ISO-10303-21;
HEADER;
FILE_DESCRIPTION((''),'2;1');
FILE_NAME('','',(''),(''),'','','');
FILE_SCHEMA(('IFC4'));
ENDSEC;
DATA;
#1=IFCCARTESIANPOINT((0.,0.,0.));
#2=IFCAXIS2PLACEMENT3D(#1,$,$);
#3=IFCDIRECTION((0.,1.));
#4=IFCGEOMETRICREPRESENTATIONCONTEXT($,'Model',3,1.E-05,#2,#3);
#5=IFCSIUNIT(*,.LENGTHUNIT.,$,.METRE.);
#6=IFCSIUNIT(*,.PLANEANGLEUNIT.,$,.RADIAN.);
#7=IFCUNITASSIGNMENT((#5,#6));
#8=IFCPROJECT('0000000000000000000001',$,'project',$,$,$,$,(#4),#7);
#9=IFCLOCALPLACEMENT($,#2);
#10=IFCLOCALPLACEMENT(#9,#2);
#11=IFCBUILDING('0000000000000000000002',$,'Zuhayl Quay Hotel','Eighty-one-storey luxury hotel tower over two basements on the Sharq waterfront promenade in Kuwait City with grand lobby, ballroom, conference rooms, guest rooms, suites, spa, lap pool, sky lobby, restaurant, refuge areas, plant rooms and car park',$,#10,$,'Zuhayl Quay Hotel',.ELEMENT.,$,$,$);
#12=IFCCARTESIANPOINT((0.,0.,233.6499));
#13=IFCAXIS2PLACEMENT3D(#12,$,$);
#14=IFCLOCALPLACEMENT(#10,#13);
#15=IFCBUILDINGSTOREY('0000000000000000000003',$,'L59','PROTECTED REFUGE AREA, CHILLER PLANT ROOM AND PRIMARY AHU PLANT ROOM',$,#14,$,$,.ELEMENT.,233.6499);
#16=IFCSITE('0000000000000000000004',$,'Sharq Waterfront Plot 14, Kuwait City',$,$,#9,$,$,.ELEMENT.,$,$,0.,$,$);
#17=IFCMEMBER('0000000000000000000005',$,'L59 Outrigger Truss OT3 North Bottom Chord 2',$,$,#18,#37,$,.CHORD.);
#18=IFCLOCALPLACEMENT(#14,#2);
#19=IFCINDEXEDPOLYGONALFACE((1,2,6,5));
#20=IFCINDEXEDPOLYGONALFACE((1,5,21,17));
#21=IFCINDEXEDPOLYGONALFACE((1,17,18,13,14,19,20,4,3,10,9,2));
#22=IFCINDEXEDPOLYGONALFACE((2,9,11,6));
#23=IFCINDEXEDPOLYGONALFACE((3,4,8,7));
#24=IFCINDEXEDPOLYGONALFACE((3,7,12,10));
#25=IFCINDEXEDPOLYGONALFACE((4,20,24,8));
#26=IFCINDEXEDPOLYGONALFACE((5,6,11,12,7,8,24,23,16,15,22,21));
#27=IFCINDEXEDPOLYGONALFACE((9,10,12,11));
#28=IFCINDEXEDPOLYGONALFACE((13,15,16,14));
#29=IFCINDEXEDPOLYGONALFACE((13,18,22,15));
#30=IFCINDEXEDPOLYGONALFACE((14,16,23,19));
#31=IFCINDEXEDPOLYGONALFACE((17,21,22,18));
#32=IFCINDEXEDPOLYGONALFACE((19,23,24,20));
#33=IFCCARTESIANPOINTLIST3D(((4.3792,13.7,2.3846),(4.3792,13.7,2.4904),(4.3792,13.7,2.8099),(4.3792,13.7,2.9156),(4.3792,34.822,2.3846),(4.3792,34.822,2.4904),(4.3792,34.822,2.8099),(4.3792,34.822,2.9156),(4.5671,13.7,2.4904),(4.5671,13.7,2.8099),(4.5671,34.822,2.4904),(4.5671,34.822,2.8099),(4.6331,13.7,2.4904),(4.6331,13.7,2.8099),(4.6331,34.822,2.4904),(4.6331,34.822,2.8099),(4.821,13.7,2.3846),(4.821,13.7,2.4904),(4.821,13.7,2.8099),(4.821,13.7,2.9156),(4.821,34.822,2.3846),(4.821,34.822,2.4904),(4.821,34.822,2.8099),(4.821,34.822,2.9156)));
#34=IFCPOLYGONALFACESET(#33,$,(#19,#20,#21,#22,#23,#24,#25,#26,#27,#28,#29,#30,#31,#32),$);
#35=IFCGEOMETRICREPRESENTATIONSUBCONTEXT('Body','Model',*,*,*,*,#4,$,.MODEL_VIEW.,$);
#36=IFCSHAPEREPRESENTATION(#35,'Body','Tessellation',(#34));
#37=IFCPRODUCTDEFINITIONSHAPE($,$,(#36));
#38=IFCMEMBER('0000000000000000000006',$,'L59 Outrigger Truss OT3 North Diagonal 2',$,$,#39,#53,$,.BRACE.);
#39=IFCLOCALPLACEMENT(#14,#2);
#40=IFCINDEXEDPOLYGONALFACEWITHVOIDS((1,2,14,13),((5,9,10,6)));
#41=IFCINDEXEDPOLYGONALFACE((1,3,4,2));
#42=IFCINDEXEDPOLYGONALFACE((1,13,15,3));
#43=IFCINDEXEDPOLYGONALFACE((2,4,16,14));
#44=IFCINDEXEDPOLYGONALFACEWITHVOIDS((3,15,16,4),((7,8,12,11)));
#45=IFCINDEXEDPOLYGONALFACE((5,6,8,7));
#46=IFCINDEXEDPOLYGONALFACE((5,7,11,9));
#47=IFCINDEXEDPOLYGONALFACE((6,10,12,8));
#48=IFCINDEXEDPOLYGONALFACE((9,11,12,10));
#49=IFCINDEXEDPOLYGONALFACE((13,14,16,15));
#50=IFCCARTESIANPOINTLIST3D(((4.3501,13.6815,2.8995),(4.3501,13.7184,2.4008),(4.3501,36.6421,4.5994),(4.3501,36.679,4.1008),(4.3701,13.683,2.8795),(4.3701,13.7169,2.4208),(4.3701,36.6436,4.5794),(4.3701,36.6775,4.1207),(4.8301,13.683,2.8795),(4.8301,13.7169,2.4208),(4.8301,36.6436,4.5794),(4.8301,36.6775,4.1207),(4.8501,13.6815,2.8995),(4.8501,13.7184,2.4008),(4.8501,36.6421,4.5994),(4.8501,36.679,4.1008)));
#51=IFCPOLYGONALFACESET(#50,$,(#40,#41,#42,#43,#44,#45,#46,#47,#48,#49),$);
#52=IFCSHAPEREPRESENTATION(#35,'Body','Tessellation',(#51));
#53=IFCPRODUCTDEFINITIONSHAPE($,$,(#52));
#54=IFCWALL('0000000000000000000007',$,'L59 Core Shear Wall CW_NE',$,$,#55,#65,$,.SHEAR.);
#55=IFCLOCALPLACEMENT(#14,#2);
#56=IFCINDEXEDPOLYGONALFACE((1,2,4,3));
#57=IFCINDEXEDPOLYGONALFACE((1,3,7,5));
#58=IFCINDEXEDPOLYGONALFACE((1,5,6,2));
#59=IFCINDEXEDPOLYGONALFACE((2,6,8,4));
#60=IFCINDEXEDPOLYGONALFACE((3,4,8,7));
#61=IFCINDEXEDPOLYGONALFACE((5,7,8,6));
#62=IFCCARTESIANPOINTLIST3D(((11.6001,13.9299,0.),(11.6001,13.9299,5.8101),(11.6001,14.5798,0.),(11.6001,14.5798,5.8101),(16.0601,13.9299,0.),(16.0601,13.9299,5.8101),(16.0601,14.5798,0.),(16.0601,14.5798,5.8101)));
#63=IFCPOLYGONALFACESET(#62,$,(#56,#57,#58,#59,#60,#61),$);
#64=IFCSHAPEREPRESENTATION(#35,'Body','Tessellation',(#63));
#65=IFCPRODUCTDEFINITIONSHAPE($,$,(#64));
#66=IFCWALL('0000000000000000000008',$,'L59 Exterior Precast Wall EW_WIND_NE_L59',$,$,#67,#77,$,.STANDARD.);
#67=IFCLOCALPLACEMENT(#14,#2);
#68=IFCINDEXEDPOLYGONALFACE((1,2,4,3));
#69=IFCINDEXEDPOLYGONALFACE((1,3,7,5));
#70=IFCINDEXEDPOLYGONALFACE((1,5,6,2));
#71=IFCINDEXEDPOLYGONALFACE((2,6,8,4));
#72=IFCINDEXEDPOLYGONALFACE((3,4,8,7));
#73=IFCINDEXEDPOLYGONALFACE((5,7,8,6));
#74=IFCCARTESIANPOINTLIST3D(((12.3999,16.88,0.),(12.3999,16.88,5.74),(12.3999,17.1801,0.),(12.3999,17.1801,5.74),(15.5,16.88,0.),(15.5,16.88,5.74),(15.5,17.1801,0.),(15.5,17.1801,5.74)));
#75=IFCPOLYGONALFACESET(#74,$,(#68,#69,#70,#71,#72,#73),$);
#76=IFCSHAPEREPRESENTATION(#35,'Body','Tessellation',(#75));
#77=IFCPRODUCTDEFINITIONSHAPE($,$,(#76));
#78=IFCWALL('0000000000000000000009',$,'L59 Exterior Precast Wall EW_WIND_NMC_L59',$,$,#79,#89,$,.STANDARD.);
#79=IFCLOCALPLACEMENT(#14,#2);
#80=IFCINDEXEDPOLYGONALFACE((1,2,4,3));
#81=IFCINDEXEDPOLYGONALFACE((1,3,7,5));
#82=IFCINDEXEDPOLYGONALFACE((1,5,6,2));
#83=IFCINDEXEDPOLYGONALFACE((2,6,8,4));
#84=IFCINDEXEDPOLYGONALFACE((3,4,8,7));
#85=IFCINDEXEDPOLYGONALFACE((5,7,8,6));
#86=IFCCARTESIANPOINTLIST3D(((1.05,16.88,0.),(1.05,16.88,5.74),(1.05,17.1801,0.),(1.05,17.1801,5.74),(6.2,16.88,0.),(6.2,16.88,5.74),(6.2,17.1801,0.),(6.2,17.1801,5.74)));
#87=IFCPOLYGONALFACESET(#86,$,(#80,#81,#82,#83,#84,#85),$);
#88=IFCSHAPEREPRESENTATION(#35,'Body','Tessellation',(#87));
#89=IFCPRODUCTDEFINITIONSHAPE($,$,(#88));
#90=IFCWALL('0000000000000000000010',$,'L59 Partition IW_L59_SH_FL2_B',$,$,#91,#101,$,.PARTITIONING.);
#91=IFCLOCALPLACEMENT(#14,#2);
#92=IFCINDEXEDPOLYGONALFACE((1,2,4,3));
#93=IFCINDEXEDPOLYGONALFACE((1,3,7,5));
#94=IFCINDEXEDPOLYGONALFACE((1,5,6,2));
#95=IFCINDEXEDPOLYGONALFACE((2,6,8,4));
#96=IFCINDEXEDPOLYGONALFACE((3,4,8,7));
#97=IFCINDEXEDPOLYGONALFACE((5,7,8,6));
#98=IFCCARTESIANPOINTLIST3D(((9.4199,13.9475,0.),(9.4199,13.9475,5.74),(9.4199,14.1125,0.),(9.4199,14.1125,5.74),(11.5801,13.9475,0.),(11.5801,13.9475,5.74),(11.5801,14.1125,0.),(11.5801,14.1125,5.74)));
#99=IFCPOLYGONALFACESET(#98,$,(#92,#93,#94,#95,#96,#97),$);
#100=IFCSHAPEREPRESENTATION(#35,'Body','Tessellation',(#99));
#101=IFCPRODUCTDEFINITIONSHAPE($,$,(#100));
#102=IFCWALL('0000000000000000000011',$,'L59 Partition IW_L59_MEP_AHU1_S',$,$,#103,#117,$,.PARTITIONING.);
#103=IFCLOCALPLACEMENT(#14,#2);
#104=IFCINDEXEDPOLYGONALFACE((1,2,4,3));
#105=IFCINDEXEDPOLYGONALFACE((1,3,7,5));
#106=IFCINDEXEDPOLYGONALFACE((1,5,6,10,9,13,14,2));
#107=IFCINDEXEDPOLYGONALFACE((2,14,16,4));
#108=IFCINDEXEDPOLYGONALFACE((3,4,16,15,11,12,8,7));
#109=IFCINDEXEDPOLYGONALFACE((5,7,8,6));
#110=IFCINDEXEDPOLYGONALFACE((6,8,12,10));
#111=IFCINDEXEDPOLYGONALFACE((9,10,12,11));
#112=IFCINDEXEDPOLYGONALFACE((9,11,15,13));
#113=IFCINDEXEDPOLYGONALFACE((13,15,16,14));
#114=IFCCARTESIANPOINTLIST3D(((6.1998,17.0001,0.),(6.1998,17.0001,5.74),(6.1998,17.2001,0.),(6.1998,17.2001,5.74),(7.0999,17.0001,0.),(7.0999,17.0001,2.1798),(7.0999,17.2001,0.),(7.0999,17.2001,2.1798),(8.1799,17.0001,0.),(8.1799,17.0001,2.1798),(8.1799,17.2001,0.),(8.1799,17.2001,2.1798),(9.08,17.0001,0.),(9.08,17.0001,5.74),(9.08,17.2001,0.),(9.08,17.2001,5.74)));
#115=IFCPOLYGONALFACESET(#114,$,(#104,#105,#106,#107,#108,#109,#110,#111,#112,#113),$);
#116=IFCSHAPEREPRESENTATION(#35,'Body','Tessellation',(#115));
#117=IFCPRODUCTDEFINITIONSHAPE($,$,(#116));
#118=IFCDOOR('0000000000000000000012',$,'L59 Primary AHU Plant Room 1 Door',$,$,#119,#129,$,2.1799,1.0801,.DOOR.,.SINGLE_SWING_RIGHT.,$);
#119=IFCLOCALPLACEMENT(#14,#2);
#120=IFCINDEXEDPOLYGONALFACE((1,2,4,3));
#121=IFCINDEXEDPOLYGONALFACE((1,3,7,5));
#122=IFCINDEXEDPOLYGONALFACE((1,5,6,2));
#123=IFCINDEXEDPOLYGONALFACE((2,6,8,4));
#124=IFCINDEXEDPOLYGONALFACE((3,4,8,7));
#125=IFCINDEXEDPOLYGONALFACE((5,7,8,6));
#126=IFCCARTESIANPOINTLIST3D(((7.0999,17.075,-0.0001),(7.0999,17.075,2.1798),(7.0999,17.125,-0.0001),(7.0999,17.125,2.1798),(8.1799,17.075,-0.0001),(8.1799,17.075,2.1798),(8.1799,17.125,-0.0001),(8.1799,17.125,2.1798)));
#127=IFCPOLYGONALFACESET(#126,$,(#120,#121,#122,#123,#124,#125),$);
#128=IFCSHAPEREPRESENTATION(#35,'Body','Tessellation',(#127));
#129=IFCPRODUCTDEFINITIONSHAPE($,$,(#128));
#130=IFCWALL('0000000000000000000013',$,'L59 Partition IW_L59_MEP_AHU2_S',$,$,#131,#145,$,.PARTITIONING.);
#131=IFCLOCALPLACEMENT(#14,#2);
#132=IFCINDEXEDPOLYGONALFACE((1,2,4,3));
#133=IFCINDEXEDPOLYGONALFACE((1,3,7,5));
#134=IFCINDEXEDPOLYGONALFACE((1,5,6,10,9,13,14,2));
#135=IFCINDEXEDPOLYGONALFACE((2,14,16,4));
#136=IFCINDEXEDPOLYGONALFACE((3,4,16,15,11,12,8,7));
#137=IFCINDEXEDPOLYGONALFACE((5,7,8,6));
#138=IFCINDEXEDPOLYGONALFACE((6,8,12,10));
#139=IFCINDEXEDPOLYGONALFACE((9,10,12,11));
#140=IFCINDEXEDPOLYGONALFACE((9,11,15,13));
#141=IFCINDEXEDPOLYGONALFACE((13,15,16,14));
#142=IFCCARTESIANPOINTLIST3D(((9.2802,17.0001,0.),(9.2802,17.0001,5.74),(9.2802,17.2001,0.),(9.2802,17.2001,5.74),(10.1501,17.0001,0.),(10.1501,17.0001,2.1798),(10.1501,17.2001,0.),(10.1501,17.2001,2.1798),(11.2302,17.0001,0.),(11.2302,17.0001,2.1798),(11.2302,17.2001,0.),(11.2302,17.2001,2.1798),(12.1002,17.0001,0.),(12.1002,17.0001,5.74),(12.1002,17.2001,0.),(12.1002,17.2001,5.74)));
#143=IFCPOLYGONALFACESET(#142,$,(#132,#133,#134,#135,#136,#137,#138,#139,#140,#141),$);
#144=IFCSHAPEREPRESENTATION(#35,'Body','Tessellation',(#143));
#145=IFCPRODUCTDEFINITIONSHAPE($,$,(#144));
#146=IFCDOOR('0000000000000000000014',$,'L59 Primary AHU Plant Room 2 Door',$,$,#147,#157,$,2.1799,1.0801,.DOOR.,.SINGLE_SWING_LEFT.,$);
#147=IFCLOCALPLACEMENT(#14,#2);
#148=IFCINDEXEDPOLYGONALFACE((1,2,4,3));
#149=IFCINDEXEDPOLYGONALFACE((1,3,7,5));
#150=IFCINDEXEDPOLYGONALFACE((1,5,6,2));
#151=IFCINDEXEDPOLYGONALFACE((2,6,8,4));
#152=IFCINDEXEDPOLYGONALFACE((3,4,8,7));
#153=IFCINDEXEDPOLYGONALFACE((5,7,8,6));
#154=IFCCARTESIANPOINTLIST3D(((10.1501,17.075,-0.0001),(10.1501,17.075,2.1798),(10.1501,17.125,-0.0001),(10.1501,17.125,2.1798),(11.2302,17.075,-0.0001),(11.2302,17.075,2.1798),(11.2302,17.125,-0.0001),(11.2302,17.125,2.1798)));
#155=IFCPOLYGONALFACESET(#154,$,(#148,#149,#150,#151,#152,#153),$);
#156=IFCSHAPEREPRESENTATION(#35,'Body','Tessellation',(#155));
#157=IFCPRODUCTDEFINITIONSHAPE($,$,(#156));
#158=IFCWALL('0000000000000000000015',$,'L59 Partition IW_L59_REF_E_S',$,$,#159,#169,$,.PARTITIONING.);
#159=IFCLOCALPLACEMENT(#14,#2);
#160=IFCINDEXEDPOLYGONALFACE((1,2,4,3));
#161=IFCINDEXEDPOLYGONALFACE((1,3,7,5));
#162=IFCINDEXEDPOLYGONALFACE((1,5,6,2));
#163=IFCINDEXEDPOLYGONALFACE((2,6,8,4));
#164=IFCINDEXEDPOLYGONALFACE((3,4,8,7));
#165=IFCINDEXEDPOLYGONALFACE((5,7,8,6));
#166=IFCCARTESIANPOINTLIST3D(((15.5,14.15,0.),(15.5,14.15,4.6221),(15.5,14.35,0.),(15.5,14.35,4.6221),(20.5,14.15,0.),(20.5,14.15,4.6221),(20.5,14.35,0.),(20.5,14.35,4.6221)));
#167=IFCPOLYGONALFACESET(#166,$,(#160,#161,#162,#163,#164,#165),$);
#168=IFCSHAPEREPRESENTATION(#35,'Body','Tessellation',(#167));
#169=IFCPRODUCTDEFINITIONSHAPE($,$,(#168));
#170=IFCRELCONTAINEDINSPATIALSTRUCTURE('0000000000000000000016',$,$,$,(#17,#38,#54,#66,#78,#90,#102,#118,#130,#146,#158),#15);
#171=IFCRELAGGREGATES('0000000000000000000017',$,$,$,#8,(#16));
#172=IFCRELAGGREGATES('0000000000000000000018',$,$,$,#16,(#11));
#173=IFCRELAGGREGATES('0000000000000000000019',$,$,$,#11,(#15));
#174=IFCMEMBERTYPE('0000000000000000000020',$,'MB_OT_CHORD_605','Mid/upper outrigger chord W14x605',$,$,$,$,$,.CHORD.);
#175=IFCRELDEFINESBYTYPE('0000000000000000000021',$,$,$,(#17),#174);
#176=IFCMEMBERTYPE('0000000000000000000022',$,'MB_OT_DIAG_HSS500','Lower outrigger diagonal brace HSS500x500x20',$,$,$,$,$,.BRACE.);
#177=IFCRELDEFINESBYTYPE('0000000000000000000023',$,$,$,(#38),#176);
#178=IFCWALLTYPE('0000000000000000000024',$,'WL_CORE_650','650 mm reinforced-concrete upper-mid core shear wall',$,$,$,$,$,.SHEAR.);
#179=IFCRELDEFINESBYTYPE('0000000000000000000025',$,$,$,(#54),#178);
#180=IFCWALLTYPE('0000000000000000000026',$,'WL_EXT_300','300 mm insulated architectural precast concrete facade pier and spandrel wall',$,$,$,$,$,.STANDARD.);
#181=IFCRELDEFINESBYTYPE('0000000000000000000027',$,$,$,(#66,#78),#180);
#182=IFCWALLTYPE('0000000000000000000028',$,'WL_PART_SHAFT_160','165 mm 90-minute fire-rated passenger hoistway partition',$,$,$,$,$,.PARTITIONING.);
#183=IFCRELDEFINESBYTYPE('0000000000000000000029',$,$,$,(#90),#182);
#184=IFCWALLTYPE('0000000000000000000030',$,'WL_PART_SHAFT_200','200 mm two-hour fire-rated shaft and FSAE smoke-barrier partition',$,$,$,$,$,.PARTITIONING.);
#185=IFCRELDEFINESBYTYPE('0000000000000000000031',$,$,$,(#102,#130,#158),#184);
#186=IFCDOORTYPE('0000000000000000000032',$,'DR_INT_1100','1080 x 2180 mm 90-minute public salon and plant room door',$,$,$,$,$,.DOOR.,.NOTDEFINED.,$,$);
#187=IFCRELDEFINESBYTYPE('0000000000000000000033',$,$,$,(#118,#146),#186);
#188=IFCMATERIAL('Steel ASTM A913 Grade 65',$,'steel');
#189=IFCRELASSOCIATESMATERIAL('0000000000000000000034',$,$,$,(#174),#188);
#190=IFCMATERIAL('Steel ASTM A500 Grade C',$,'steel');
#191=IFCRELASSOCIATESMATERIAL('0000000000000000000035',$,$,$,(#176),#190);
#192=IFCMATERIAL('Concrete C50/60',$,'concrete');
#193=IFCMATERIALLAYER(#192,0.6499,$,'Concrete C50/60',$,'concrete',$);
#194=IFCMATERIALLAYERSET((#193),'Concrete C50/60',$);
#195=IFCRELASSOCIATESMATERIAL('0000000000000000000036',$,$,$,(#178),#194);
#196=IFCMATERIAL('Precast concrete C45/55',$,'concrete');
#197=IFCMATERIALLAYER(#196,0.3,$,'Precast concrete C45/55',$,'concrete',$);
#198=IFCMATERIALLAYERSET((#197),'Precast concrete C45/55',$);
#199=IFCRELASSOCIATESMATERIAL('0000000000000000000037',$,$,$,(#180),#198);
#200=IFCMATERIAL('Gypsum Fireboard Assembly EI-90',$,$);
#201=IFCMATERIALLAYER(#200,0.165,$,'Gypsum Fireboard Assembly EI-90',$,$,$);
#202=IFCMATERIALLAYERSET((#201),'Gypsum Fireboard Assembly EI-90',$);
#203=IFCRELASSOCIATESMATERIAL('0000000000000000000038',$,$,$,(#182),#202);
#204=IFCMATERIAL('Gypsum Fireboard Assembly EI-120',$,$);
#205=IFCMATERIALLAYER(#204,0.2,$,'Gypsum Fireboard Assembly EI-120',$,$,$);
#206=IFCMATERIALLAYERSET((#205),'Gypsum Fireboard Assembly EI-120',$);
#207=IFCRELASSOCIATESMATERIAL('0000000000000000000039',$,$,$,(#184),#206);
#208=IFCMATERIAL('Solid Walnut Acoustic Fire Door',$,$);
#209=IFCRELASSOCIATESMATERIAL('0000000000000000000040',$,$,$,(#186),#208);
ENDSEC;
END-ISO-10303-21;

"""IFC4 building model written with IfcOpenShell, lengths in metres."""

from ifc_helpers import new_model, si_unit, direction, frame, frame_2d, origin, origin_2d, place, context, subcontext, project, spatial, rectangle, hollow_rectangle, i_section, extrude, material, layer, layer_set, material_profile, profile_set, type_object, element, fill, save


model = new_model("IFC4")

# Units and contexts
model_context = context("Model", 3, precision=1e-05, world=origin(), true_north=direction((0.0, 1.0)))
body_context = subcontext(model_context, "Body", "Model", "MODEL_VIEW")
ifc_project = project(units=[si_unit("LENGTHUNIT", "METRE"), si_unit("PLANEANGLEUNIT", "RADIAN")], contexts=[model_context])

# Site, building, storey
site_placement = place(None, origin())
site = spatial("IfcSite", under=ifc_project, at=site_placement, Name="Sharq Waterfront Plot 14, Kuwait City", CompositionType="ELEMENT", RefElevation=0.0)
building_placement = place(site_placement, origin())
building = spatial("IfcBuilding", under=site, at=building_placement, Name="Zuhayl Quay Hotel", Description="Eighty-one-storey luxury hotel tower over two basements on the Sharq waterfront promenade in Kuwait City with grand lobby, ballroom, conference rooms, guest rooms, suites, spa, lap pool, sky lobby, restaurant, refuge areas, plant rooms and car park", LongName="Zuhayl Quay Hotel", CompositionType="ELEMENT")
storey_placement = place(building_placement, frame((0.0, 0.0, 233.6499)))
storey = spatial("IfcBuildingStorey", under=building, at=storey_placement, Name="L59", Description="PROTECTED REFUGE AREA, CHILLER PLANT ROOM AND PRIMARY AHU PLANT ROOM", CompositionType="ELEMENT", Elevation=233.6499)

# Shared definitions
ifc_material_1 = material(Name="Steel ASTM A913 Grade 65", Category="steel")

# Members
ifc_material_profile_1 = material_profile(ifc_material_1, i_section(OverallWidth=0.4419, OverallDepth=0.531, WebThickness=0.0659, FlangeThickness=0.1057, at=origin_2d()), Name="W14X605")
ifc_profile_set_1 = profile_set([ifc_material_profile_1], Name="Steel ASTM A913 Grade 65")
member_type_1 = type_object("IfcMemberType", Name="MB_OT_CHORD_605", Description="Mid/upper outrigger chord W14x605", PredefinedType="CHORD", material=ifc_profile_set_1)
member_1_placement = place(storey_placement, frame((4.6001, 13.7, 2.6501), z_axis=(0.0, 1.0, 0.0), x_axis=(-1.0, 0.0, 0.0)))
element("IfcMember", 1, at=member_1_placement, inside=storey, type_object=member_type_1, Name="L59 Outrigger Truss OT3 North Bottom Chord 2", PredefinedType="CHORD", context=body_context, shape_type="SweptSolid", body=[
    extrude(i_section(OverallWidth=0.4419, OverallDepth=0.531, WebThickness=0.0659, FlangeThickness=0.1057, at=origin_2d()), origin(), (0.0, 0.0, 1.0), 21.1221),
])
ifc_material_2 = material(Name="Steel ASTM A500 Grade C", Category="steel")
ifc_material_profile_2 = material_profile(ifc_material_2, hollow_rectangle(XDim=0.5, YDim=0.5, WallThickness=0.02, at=origin_2d()), Name="HSS500X500X20")
ifc_profile_set_2 = profile_set([ifc_material_profile_2], Name="Steel ASTM A500 Grade C")
member_type_2 = type_object("IfcMemberType", Name="MB_OT_DIAG_HSS500", Description="Lower outrigger diagonal brace HSS500x500x20", PredefinedType="BRACE", material=ifc_profile_set_2)
member_2_placement = place(storey_placement, frame((4.6001, 13.7, 2.6501), z_axis=(0.0, 0.99727, 0.073835), x_axis=(-1.0, 0.0, 0.0)))
element("IfcMember", 2, at=member_2_placement, inside=storey, type_object=member_type_2, Name="L59 Outrigger Truss OT3 North Diagonal 2", PredefinedType="BRACE", context=body_context, shape_type="SweptSolid", body=[
    extrude(hollow_rectangle(XDim=0.5, YDim=0.5, WallThickness=0.02, at=origin_2d()), origin(), (0.0, 0.0, 1.0), 23.0234),
])

# Walls
ifc_material_3 = material(Name="Concrete C50/60", Category="concrete")
ifc_layer_1 = layer(ifc_material_3, 0.6499, Name="Concrete C50/60", Category="concrete")
ifc_layer_set_1 = layer_set([ifc_layer_1], Name="Concrete C50/60")
wall_type_1 = type_object("IfcWallType", Name="WL_CORE_650", Description="650 mm reinforced-concrete upper-mid core shear wall", PredefinedType="SHEAR", material=ifc_layer_set_1)
wall_1_placement = place(storey_placement, frame((11.6001, 14.2549, 0.0), z_axis=(0.0, 0.0, 1.0), x_axis=(1.0, 0.0, 0.0)))
element("IfcWall", 3, at=wall_1_placement, inside=storey, type_object=wall_type_1, Name="L59 Core Shear Wall CW_NE", PredefinedType="SHEAR", context=body_context, shape_type="SweptSolid", body=[
    extrude(rectangle(XDim=4.46, YDim=0.6499, at=frame_2d((2.23, 0.0))), origin(), (0.0, 0.0, 1.0), 5.8101),
])
ifc_material_4 = material(Name="Precast concrete C45/55", Category="concrete")
ifc_layer_2 = layer(ifc_material_4, 0.3, Name="Precast concrete C45/55", Category="concrete")
ifc_layer_set_2 = layer_set([ifc_layer_2], Name="Precast concrete C45/55")
wall_type_2 = type_object("IfcWallType", Name="WL_EXT_300", Description="300 mm insulated architectural precast concrete facade pier and spandrel wall", PredefinedType="STANDARD", material=ifc_layer_set_2)
wall_2_placement = place(storey_placement, frame((12.3999, 17.03, 0.0), z_axis=(0.0, 0.0, 1.0), x_axis=(1.0, 0.0, 0.0)))
element("IfcWall", 4, at=wall_2_placement, inside=storey, type_object=wall_type_2, Name="L59 Exterior Precast Wall EW_WIND_NE_L59", PredefinedType="STANDARD", context=body_context, shape_type="SweptSolid", body=[
    extrude(rectangle(XDim=3.1001, YDim=0.3, at=frame_2d((1.55, 0.0))), origin(), (0.0, 0.0, 1.0), 5.74),
])
wall_3_placement = place(storey_placement, frame((1.05, 17.03, 0.0), z_axis=(0.0, 0.0, 1.0), x_axis=(1.0, 0.0, 0.0)))
element("IfcWall", 5, at=wall_3_placement, inside=storey, type_object=wall_type_2, Name="L59 Exterior Precast Wall EW_WIND_NMC_L59", PredefinedType="STANDARD", context=body_context, shape_type="SweptSolid", body=[
    extrude(rectangle(XDim=5.1499, YDim=0.3, at=frame_2d((2.575, 0.0))), origin(), (0.0, 0.0, 1.0), 5.74),
])
ifc_material_5 = material(Name="Gypsum Fireboard Assembly EI-90")
ifc_layer_3 = layer(ifc_material_5, 0.165, Name="Gypsum Fireboard Assembly EI-90")
ifc_layer_set_3 = layer_set([ifc_layer_3], Name="Gypsum Fireboard Assembly EI-90")
wall_type_3 = type_object("IfcWallType", Name="WL_PART_SHAFT_160", Description="165 mm 90-minute fire-rated passenger hoistway partition", PredefinedType="PARTITIONING", material=ifc_layer_set_3)
wall_4_placement = place(storey_placement, frame((9.4199, 14.03, 0.0), z_axis=(0.0, 0.0, 1.0), x_axis=(1.0, 0.0, 0.0)))
element("IfcWall", 6, at=wall_4_placement, inside=storey, type_object=wall_type_3, Name="L59 Partition IW_L59_SH_FL2_B", PredefinedType="PARTITIONING", context=body_context, shape_type="SweptSolid", body=[
    extrude(rectangle(XDim=2.1602, YDim=0.165, at=frame_2d((1.0801, 0.0))), origin(), (0.0, 0.0, 1.0), 5.74),
])

# Walls, openings, doors
ifc_material_6 = material(Name="Gypsum Fireboard Assembly EI-120")
ifc_layer_4 = layer(ifc_material_6, 0.2, Name="Gypsum Fireboard Assembly EI-120")
ifc_layer_set_4 = layer_set([ifc_layer_4], Name="Gypsum Fireboard Assembly EI-120")
wall_type_4 = type_object("IfcWallType", Name="WL_PART_SHAFT_200", Description="200 mm two-hour fire-rated shaft and FSAE smoke-barrier partition", PredefinedType="PARTITIONING", material=ifc_layer_set_4)
wall_5_placement = place(storey_placement, frame((6.2, 17.1001, 0.0), z_axis=(0.0, 0.0, 1.0), x_axis=(1.0, 0.0, 0.0)))
wall_5 = element("IfcWall", 7, at=wall_5_placement, inside=storey, type_object=wall_type_4, Name="L59 Partition IW_L59_MEP_AHU1_S", PredefinedType="PARTITIONING", context=body_context, shape_type="SweptSolid", body=[
    extrude(rectangle(XDim=2.8801, YDim=0.2, at=frame_2d((1.4399, 0.0))), origin(), (0.0, 0.0, 1.0), 5.74),
])
opening_1_placement = place(wall_5_placement, frame((0.8999, 0.0, 0.0)))
opening_1 = element("IfcOpeningElement", 8, at=opening_1_placement, cuts=wall_5, PredefinedType="OPENING", context=body_context, shape_type="SweptSolid", body=[
    extrude(rectangle(XDim=1.0801, YDim=2.1799, at=frame_2d((0.54, 1.0898))), frame((0.0, 0.1099, 0.0), z_axis=(0.0, -1.0, 0.0), x_axis=(1.0, 0.0, 0.0)), (0.0, 0.0, 1.0), 0.22),
])
ifc_material_7 = material(Name="Solid Walnut Acoustic Fire Door")
door_type_1 = type_object("IfcDoorType", Name="DR_INT_1100", Description="1080 x 2180 mm 90-minute public salon and plant room door", OperationType="NOTDEFINED", PredefinedType="DOOR", material=ifc_material_7)
door_1_placement = place(opening_1_placement, origin())
door_1 = element("IfcDoor", 9, at=door_1_placement, inside=storey, type_object=door_type_1, Name="L59 Primary AHU Plant Room 1 Door", OperationType="SINGLE_SWING_RIGHT", OverallHeight=2.1799, OverallWidth=1.0801, PredefinedType="DOOR", context=body_context, shape_type="SweptSolid", body=[
    extrude(rectangle(XDim=1.0801, YDim=2.1799, at=frame_2d((0.54, 1.0898))), frame((0.0, 0.0249, 0.0), z_axis=(0.0, -1.0, 0.0), x_axis=(1.0, 0.0, 0.0)), (0.0, 0.0, 1.0), 0.05),
])
fill(opening_1, door_1)
wall_6_placement = place(storey_placement, frame((9.28, 17.1001, 0.0), z_axis=(0.0, 0.0, 1.0), x_axis=(1.0, 0.0, 0.0)))
wall_6 = element("IfcWall", 10, at=wall_6_placement, inside=storey, type_object=wall_type_4, Name="L59 Partition IW_L59_MEP_AHU2_S", PredefinedType="PARTITIONING", context=body_context, shape_type="SweptSolid", body=[
    extrude(rectangle(XDim=2.8201, YDim=0.2, at=frame_2d((1.4102, 0.0))), origin(), (0.0, 0.0, 1.0), 5.74),
])
opening_2_placement = place(wall_6_placement, frame((0.8701, 0.0, 0.0)))
opening_2 = element("IfcOpeningElement", 11, at=opening_2_placement, cuts=wall_6, PredefinedType="OPENING", context=body_context, shape_type="SweptSolid", body=[
    extrude(rectangle(XDim=1.0801, YDim=2.1799, at=frame_2d((0.54, 1.0898))), frame((0.0, 0.1099, 0.0), z_axis=(0.0, -1.0, 0.0), x_axis=(1.0, 0.0, 0.0)), (0.0, 0.0, 1.0), 0.22),
])
door_2_placement = place(opening_2_placement, origin())
door_2 = element("IfcDoor", 12, at=door_2_placement, inside=storey, type_object=door_type_1, Name="L59 Primary AHU Plant Room 2 Door", OperationType="SINGLE_SWING_LEFT", OverallHeight=2.1799, OverallWidth=1.0801, PredefinedType="DOOR", context=body_context, shape_type="SweptSolid", body=[
    extrude(rectangle(XDim=1.0801, YDim=2.1799, at=frame_2d((0.54, 1.0898))), frame((0.0, 0.0249, 0.0), z_axis=(0.0, -1.0, 0.0), x_axis=(1.0, 0.0, 0.0)), (0.0, 0.0, 1.0), 0.05),
])
fill(opening_2, door_2)

# Wall
wall_7_placement = place(storey_placement, frame((15.5, 14.25, 0.0), z_axis=(0.0, 0.0, 1.0), x_axis=(1.0, 0.0, 0.0)))
element("IfcWall", 13, at=wall_7_placement, inside=storey, type_object=wall_type_4, Name="L59 Partition IW_L59_REF_E_S", PredefinedType="PARTITIONING", context=body_context, shape_type="SweptSolid", body=[
    extrude(rectangle(XDim=5.0, YDim=0.2, at=frame_2d((2.5, 0.0))), origin(), (0.0, 0.0, 1.0), 4.6221),
])

save(model, "model.ifc")
